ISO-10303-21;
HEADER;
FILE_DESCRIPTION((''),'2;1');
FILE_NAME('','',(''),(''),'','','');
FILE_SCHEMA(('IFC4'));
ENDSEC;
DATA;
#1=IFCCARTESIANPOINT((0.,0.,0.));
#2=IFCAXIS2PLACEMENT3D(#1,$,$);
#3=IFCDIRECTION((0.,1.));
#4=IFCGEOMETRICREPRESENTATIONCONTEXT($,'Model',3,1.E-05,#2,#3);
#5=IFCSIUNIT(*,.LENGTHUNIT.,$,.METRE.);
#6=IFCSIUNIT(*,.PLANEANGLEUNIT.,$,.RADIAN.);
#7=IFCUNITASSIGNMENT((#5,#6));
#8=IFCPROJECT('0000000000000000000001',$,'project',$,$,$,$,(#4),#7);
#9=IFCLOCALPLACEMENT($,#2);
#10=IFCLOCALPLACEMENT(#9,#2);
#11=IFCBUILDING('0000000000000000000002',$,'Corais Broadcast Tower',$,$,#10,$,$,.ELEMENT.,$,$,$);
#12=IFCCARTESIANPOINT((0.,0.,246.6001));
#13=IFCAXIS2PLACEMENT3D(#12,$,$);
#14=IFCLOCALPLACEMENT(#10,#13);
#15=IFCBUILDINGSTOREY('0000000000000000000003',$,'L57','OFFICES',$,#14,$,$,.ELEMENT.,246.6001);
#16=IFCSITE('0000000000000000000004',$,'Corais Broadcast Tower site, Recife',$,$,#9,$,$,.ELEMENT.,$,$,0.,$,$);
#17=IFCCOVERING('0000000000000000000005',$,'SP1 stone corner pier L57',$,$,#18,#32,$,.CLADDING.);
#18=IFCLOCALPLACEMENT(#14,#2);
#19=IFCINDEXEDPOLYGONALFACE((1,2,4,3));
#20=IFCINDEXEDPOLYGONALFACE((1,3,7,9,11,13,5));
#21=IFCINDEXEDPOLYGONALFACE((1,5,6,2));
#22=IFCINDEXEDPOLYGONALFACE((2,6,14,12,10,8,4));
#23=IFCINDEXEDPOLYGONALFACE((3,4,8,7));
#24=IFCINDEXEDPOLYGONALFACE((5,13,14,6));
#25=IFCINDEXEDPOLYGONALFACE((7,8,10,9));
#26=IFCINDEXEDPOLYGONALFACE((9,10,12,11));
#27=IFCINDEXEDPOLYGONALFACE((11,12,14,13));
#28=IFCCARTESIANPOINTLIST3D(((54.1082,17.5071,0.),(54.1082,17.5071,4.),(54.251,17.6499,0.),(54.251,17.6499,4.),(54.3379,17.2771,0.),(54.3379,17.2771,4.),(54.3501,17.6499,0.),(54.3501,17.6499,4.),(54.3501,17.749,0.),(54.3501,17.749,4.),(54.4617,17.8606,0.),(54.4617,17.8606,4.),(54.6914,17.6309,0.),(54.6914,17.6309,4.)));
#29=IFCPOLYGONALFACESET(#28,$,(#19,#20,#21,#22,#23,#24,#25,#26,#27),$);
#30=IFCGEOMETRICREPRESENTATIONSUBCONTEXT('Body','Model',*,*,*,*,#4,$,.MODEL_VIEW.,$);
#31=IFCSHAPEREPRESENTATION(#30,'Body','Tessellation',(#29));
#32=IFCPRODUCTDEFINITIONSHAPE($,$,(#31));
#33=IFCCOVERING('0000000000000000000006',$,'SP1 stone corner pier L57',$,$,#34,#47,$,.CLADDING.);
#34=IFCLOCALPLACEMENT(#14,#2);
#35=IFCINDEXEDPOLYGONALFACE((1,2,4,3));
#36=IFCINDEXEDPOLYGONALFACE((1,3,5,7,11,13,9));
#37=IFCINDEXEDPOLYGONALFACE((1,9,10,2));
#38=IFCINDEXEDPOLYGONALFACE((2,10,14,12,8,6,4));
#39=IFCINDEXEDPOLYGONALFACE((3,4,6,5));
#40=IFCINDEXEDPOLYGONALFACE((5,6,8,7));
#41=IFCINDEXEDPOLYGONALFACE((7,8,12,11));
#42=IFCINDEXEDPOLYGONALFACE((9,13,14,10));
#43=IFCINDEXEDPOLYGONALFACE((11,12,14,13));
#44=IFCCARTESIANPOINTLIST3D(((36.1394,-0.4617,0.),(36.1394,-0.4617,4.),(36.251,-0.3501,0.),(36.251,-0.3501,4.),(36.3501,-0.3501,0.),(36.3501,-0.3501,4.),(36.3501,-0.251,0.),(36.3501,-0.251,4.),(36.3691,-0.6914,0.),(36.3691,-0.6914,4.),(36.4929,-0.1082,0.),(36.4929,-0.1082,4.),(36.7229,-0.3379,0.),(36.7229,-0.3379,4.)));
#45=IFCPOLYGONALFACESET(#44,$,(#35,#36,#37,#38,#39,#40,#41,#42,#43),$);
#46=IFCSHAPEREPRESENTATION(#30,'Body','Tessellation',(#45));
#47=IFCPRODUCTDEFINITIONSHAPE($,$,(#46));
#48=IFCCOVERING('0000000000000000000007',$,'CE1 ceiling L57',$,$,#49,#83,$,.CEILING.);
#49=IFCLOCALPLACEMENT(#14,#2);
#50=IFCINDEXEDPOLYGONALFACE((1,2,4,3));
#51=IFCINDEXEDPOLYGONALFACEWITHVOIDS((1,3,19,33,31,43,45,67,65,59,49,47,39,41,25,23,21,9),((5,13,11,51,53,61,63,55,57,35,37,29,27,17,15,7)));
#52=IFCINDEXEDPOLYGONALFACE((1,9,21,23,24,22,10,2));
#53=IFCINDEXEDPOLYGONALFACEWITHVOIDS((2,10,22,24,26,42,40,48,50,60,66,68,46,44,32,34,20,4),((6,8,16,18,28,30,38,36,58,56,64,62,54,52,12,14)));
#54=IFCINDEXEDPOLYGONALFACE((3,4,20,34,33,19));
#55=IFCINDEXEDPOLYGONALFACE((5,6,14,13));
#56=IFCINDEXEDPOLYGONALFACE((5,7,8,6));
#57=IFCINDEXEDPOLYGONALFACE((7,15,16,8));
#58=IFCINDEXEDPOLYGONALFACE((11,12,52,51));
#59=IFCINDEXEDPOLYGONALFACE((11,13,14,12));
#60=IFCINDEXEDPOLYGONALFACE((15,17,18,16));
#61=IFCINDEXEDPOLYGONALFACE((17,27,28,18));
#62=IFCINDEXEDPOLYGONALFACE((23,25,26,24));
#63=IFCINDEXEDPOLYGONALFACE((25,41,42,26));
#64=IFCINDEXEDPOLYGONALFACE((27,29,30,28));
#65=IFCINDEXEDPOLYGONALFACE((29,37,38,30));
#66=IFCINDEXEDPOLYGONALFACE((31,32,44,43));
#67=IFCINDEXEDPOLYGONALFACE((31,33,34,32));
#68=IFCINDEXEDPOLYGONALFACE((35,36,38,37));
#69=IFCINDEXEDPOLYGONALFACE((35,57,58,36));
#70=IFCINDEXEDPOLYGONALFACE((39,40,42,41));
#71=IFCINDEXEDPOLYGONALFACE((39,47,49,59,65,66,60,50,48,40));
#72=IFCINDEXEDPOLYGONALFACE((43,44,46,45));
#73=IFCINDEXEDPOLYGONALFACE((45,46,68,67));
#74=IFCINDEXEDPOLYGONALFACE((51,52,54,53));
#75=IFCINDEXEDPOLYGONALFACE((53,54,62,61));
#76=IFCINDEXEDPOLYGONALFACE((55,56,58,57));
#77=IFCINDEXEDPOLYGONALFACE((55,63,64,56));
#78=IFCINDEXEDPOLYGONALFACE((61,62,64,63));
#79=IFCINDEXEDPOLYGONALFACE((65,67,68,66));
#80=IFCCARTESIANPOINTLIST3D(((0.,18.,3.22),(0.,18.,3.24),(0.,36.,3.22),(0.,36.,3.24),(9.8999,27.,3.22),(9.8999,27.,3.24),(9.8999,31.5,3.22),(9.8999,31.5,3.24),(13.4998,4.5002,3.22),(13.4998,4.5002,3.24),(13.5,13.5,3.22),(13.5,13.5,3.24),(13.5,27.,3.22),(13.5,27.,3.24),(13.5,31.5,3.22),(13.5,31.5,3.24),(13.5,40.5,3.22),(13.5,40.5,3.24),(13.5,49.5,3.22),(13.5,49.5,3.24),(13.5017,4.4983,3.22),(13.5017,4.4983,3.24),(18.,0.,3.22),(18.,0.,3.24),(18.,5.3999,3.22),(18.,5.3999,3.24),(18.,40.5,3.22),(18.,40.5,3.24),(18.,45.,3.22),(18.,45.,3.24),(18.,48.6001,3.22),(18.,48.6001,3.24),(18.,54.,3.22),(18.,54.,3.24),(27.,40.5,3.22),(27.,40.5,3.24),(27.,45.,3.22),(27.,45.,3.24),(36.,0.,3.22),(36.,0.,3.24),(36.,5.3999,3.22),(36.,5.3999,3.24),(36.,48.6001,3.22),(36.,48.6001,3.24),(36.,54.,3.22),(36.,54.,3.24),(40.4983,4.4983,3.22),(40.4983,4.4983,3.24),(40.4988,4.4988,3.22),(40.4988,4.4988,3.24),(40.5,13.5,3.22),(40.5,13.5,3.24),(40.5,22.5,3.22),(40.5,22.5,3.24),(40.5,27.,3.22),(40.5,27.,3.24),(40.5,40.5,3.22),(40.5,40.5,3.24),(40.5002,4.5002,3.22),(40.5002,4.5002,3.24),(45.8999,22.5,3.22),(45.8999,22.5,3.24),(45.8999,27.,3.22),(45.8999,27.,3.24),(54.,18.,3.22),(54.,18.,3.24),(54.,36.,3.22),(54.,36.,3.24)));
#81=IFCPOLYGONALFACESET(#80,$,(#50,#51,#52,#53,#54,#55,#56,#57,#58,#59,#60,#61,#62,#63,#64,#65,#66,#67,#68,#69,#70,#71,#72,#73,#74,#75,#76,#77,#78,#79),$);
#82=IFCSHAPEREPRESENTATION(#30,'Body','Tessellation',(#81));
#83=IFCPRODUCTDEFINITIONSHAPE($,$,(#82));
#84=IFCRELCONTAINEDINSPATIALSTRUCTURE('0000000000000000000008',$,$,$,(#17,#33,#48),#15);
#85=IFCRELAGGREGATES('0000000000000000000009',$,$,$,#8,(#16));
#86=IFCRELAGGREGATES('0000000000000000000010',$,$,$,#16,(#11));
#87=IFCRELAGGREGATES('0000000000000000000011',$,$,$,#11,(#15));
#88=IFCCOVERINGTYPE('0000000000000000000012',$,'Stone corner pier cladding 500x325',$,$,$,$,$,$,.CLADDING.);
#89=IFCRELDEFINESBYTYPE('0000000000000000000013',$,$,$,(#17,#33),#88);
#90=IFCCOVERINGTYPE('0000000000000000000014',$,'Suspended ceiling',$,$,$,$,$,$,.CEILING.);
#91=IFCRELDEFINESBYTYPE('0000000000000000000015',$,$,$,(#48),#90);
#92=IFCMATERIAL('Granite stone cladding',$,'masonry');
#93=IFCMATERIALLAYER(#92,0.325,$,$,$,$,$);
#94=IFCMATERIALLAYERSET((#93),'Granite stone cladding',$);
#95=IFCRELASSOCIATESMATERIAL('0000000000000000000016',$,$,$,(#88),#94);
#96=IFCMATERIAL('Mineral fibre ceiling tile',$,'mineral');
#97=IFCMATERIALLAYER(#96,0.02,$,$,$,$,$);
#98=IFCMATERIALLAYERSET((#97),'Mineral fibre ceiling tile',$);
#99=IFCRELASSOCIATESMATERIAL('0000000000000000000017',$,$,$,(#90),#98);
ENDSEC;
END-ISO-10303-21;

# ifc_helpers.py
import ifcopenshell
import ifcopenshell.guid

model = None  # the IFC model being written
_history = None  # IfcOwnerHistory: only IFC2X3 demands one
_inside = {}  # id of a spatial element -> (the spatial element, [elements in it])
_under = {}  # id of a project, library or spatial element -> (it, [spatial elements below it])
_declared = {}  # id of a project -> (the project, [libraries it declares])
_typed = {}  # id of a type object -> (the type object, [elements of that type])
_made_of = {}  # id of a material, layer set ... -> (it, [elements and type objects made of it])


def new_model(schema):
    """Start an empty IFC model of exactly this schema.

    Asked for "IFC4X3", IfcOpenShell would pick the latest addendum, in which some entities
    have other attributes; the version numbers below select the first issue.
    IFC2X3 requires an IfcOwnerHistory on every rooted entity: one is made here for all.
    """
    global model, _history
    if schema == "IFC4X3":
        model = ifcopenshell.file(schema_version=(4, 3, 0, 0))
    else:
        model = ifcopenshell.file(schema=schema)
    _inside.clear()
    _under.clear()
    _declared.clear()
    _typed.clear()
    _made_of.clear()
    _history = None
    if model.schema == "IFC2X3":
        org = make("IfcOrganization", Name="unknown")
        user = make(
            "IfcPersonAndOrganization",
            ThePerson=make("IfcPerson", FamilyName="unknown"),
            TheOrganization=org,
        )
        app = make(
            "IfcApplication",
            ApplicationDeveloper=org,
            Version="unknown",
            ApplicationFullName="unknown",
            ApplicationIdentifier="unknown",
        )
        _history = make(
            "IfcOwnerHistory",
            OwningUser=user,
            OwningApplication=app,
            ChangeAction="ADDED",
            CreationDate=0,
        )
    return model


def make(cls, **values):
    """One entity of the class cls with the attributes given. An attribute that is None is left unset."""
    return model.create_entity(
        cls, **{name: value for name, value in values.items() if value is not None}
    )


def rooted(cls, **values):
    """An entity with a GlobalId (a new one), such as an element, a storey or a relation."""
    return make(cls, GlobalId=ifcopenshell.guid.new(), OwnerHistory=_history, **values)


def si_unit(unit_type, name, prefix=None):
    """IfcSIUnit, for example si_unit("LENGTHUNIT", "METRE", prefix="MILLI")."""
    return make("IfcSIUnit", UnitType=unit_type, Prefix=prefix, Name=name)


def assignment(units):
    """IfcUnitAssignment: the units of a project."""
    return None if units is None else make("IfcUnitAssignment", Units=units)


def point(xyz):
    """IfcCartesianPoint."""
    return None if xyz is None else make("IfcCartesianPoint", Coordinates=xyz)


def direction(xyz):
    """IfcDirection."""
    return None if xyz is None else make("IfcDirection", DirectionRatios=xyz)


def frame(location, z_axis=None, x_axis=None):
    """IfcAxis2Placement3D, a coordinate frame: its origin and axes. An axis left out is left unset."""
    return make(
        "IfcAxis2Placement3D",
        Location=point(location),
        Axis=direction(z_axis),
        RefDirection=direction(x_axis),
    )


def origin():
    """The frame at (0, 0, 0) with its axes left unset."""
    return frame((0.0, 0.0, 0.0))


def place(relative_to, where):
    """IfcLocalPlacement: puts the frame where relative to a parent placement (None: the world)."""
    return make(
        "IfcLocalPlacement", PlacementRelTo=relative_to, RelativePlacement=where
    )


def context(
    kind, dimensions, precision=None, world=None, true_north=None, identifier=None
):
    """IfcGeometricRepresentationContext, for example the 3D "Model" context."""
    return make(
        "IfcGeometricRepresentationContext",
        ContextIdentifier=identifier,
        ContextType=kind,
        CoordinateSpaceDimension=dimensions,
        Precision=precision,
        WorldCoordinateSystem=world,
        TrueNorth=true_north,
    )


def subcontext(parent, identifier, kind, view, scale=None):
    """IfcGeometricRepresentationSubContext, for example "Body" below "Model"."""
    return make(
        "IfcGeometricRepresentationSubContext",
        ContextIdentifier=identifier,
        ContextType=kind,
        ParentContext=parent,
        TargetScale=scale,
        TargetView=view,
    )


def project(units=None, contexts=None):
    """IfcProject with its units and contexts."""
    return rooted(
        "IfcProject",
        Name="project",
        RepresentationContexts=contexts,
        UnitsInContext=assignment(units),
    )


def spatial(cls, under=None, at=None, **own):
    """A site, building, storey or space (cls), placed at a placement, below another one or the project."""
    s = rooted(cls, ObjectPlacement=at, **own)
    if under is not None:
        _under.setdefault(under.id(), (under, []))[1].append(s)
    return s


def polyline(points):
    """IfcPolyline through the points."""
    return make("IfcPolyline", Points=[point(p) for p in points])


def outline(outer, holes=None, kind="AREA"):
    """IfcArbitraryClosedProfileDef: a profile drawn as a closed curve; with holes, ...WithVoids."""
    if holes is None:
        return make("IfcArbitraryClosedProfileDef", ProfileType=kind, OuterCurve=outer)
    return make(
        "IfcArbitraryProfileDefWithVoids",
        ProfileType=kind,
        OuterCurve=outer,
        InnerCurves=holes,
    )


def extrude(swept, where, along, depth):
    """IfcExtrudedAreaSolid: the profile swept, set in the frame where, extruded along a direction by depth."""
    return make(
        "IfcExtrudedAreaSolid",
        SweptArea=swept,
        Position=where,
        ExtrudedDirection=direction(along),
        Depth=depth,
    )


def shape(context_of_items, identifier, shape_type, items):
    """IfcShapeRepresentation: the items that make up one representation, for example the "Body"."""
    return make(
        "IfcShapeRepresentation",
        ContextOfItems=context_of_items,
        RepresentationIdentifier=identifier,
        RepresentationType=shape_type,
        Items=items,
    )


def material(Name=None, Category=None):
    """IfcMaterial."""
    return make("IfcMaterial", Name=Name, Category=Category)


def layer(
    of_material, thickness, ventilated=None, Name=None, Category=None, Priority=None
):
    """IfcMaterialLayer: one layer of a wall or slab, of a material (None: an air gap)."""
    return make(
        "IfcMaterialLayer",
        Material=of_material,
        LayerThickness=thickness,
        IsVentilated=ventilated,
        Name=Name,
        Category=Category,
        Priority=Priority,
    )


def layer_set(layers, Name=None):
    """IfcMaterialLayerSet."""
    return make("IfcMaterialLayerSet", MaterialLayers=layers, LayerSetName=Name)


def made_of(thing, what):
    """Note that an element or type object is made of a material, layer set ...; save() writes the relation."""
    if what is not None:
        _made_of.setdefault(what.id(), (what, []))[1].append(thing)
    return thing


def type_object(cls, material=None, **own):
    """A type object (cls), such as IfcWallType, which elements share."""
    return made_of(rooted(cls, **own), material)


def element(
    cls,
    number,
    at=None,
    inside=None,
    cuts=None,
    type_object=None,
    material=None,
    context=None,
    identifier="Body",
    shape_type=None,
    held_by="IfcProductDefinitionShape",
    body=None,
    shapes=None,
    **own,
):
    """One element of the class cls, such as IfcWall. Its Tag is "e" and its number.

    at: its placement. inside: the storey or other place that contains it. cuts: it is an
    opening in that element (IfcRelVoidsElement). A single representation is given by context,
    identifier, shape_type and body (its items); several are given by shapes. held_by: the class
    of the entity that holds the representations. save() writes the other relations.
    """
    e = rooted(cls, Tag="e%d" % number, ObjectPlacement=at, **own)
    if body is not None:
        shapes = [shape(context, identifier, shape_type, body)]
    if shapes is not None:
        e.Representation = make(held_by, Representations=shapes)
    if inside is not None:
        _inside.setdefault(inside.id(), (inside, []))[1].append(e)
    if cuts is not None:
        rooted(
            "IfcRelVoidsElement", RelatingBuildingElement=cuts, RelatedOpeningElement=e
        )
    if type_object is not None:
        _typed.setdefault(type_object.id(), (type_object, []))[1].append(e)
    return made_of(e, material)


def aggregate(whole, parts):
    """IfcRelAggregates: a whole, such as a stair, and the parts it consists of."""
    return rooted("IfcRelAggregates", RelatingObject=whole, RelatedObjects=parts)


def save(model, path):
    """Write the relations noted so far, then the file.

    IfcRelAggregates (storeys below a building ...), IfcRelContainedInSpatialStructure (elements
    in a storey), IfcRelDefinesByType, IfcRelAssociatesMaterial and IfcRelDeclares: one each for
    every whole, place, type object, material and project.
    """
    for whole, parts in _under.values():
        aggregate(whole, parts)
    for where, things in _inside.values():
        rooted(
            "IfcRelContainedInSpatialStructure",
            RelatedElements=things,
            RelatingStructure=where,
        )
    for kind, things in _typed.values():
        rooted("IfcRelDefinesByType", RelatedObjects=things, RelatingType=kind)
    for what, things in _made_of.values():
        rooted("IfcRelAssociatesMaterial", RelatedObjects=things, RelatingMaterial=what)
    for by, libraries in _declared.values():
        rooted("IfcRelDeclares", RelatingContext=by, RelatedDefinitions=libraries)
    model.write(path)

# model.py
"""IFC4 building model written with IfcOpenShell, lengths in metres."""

from ifc_helpers import new_model, si_unit, direction, frame, origin, place, context, subcontext, project, spatial, polyline, outline, extrude, material, layer, layer_set, type_object, element, save


model = new_model("IFC4")

# Units and contexts
model_context = context("Model", 3, precision=1e-05, world=origin(), true_north=direction((0.0, 1.0)))
body_context = subcontext(model_context, "Body", "Model", "MODEL_VIEW")
ifc_project = project(units=[si_unit("LENGTHUNIT", "METRE"), si_unit("PLANEANGLEUNIT", "RADIAN")], contexts=[model_context])

# Site, building, storey
site_placement = place(None, origin())
site = spatial("IfcSite", under=ifc_project, at=site_placement, Name="Corais Broadcast Tower site, Recife", CompositionType="ELEMENT", RefElevation=0.0)
building_placement = place(site_placement, origin())
building = spatial("IfcBuilding", under=site, at=building_placement, Name="Corais Broadcast Tower", CompositionType="ELEMENT")
storey_placement = place(building_placement, frame((0.0, 0.0, 246.6001)))
storey = spatial("IfcBuildingStorey", under=building, at=storey_placement, Name="L57", Description="OFFICES", CompositionType="ELEMENT", Elevation=246.6001)

# Coverings
ifc_material_1 = material(Name="Granite stone cladding", Category="masonry")
ifc_layer_1 = layer(ifc_material_1, 0.325)
ifc_layer_set_1 = layer_set([ifc_layer_1], Name="Granite stone cladding")
covering_type_1 = type_object("IfcCoveringType", Name="Stone corner pier cladding 500x325", PredefinedType="CLADDING", material=ifc_layer_set_1)
covering_1_placement = place(storey_placement, origin())
element("IfcCovering", 1, at=covering_1_placement, inside=storey, type_object=covering_type_1, Name="SP1 stone corner pier L57", PredefinedType="CLADDING", context=body_context, shape_type="SweptSolid", body=[
    extrude(outline(polyline([(54.4617, 17.8606), (54.3501, 17.749), (54.3501, 17.6499), (54.251, 17.6499), (54.1082, 17.5071), (54.3379, 17.2771), (54.6914, 17.6309), (54.4617, 17.8606)])), origin(), (0.0, 0.0, 1.0), 4.0),
])
covering_2_placement = place(storey_placement, origin())
element("IfcCovering", 2, at=covering_2_placement, inside=storey, type_object=covering_type_1, Name="SP1 stone corner pier L57", PredefinedType="CLADDING", context=body_context, shape_type="SweptSolid", body=[
    extrude(outline(polyline([(36.251, -0.3501), (36.1394, -0.4617), (36.3691, -0.6914), (36.7229, -0.3379), (36.4929, -0.1082), (36.3501, -0.251), (36.3501, -0.3501), (36.251, -0.3501)])), origin(), (0.0, 0.0, 1.0), 4.0),
])
ifc_material_2 = material(Name="Mineral fibre ceiling tile", Category="mineral")
ifc_layer_2 = layer(ifc_material_2, 0.02)
ifc_layer_set_2 = layer_set([ifc_layer_2], Name="Mineral fibre ceiling tile")
covering_type_2 = type_object("IfcCoveringType", Name="Suspended ceiling", PredefinedType="CEILING", material=ifc_layer_set_2)
covering_3_placement = place(storey_placement, frame((0.0, 0.0, 3.22)))
element("IfcCovering", 3, at=covering_3_placement, inside=storey, type_object=covering_type_2, Name="CE1 ceiling L57", PredefinedType="CEILING", context=body_context, shape_type="SweptSolid", body=[
    extrude(outline(polyline([(13.5, 49.5), (18.0, 54.0), (18.0, 48.6001), (36.0, 48.6001), (36.0, 54.0), (54.0, 36.0), (54.0, 18.0), (40.5002, 4.5002), (40.4988, 4.4988), (40.4983, 4.4983), (36.0, 0.0), (36.0, 5.3999), (18.0, 5.3999), (18.0, 0.0), (13.5017, 4.4983), (13.4998, 4.5002), (0.0, 18.0), (0.0, 36.0), (13.5, 49.5)]), holes=[polyline([(18.0, 45.0), (18.0, 40.5), (13.5, 40.5), (13.5, 31.5), (9.8999, 31.5), (9.8999, 27.0), (13.5, 27.0), (13.5, 13.5), (40.5, 13.5), (40.5, 22.5), (45.8999, 22.5), (45.8999, 27.0), (40.5, 27.0), (40.5, 40.5), (27.0, 40.5), (27.0, 45.0), (18.0, 45.0)])]), origin(), (0.0, 0.0, 1.0), 0.02),
])

save(model, "model.ifc")
